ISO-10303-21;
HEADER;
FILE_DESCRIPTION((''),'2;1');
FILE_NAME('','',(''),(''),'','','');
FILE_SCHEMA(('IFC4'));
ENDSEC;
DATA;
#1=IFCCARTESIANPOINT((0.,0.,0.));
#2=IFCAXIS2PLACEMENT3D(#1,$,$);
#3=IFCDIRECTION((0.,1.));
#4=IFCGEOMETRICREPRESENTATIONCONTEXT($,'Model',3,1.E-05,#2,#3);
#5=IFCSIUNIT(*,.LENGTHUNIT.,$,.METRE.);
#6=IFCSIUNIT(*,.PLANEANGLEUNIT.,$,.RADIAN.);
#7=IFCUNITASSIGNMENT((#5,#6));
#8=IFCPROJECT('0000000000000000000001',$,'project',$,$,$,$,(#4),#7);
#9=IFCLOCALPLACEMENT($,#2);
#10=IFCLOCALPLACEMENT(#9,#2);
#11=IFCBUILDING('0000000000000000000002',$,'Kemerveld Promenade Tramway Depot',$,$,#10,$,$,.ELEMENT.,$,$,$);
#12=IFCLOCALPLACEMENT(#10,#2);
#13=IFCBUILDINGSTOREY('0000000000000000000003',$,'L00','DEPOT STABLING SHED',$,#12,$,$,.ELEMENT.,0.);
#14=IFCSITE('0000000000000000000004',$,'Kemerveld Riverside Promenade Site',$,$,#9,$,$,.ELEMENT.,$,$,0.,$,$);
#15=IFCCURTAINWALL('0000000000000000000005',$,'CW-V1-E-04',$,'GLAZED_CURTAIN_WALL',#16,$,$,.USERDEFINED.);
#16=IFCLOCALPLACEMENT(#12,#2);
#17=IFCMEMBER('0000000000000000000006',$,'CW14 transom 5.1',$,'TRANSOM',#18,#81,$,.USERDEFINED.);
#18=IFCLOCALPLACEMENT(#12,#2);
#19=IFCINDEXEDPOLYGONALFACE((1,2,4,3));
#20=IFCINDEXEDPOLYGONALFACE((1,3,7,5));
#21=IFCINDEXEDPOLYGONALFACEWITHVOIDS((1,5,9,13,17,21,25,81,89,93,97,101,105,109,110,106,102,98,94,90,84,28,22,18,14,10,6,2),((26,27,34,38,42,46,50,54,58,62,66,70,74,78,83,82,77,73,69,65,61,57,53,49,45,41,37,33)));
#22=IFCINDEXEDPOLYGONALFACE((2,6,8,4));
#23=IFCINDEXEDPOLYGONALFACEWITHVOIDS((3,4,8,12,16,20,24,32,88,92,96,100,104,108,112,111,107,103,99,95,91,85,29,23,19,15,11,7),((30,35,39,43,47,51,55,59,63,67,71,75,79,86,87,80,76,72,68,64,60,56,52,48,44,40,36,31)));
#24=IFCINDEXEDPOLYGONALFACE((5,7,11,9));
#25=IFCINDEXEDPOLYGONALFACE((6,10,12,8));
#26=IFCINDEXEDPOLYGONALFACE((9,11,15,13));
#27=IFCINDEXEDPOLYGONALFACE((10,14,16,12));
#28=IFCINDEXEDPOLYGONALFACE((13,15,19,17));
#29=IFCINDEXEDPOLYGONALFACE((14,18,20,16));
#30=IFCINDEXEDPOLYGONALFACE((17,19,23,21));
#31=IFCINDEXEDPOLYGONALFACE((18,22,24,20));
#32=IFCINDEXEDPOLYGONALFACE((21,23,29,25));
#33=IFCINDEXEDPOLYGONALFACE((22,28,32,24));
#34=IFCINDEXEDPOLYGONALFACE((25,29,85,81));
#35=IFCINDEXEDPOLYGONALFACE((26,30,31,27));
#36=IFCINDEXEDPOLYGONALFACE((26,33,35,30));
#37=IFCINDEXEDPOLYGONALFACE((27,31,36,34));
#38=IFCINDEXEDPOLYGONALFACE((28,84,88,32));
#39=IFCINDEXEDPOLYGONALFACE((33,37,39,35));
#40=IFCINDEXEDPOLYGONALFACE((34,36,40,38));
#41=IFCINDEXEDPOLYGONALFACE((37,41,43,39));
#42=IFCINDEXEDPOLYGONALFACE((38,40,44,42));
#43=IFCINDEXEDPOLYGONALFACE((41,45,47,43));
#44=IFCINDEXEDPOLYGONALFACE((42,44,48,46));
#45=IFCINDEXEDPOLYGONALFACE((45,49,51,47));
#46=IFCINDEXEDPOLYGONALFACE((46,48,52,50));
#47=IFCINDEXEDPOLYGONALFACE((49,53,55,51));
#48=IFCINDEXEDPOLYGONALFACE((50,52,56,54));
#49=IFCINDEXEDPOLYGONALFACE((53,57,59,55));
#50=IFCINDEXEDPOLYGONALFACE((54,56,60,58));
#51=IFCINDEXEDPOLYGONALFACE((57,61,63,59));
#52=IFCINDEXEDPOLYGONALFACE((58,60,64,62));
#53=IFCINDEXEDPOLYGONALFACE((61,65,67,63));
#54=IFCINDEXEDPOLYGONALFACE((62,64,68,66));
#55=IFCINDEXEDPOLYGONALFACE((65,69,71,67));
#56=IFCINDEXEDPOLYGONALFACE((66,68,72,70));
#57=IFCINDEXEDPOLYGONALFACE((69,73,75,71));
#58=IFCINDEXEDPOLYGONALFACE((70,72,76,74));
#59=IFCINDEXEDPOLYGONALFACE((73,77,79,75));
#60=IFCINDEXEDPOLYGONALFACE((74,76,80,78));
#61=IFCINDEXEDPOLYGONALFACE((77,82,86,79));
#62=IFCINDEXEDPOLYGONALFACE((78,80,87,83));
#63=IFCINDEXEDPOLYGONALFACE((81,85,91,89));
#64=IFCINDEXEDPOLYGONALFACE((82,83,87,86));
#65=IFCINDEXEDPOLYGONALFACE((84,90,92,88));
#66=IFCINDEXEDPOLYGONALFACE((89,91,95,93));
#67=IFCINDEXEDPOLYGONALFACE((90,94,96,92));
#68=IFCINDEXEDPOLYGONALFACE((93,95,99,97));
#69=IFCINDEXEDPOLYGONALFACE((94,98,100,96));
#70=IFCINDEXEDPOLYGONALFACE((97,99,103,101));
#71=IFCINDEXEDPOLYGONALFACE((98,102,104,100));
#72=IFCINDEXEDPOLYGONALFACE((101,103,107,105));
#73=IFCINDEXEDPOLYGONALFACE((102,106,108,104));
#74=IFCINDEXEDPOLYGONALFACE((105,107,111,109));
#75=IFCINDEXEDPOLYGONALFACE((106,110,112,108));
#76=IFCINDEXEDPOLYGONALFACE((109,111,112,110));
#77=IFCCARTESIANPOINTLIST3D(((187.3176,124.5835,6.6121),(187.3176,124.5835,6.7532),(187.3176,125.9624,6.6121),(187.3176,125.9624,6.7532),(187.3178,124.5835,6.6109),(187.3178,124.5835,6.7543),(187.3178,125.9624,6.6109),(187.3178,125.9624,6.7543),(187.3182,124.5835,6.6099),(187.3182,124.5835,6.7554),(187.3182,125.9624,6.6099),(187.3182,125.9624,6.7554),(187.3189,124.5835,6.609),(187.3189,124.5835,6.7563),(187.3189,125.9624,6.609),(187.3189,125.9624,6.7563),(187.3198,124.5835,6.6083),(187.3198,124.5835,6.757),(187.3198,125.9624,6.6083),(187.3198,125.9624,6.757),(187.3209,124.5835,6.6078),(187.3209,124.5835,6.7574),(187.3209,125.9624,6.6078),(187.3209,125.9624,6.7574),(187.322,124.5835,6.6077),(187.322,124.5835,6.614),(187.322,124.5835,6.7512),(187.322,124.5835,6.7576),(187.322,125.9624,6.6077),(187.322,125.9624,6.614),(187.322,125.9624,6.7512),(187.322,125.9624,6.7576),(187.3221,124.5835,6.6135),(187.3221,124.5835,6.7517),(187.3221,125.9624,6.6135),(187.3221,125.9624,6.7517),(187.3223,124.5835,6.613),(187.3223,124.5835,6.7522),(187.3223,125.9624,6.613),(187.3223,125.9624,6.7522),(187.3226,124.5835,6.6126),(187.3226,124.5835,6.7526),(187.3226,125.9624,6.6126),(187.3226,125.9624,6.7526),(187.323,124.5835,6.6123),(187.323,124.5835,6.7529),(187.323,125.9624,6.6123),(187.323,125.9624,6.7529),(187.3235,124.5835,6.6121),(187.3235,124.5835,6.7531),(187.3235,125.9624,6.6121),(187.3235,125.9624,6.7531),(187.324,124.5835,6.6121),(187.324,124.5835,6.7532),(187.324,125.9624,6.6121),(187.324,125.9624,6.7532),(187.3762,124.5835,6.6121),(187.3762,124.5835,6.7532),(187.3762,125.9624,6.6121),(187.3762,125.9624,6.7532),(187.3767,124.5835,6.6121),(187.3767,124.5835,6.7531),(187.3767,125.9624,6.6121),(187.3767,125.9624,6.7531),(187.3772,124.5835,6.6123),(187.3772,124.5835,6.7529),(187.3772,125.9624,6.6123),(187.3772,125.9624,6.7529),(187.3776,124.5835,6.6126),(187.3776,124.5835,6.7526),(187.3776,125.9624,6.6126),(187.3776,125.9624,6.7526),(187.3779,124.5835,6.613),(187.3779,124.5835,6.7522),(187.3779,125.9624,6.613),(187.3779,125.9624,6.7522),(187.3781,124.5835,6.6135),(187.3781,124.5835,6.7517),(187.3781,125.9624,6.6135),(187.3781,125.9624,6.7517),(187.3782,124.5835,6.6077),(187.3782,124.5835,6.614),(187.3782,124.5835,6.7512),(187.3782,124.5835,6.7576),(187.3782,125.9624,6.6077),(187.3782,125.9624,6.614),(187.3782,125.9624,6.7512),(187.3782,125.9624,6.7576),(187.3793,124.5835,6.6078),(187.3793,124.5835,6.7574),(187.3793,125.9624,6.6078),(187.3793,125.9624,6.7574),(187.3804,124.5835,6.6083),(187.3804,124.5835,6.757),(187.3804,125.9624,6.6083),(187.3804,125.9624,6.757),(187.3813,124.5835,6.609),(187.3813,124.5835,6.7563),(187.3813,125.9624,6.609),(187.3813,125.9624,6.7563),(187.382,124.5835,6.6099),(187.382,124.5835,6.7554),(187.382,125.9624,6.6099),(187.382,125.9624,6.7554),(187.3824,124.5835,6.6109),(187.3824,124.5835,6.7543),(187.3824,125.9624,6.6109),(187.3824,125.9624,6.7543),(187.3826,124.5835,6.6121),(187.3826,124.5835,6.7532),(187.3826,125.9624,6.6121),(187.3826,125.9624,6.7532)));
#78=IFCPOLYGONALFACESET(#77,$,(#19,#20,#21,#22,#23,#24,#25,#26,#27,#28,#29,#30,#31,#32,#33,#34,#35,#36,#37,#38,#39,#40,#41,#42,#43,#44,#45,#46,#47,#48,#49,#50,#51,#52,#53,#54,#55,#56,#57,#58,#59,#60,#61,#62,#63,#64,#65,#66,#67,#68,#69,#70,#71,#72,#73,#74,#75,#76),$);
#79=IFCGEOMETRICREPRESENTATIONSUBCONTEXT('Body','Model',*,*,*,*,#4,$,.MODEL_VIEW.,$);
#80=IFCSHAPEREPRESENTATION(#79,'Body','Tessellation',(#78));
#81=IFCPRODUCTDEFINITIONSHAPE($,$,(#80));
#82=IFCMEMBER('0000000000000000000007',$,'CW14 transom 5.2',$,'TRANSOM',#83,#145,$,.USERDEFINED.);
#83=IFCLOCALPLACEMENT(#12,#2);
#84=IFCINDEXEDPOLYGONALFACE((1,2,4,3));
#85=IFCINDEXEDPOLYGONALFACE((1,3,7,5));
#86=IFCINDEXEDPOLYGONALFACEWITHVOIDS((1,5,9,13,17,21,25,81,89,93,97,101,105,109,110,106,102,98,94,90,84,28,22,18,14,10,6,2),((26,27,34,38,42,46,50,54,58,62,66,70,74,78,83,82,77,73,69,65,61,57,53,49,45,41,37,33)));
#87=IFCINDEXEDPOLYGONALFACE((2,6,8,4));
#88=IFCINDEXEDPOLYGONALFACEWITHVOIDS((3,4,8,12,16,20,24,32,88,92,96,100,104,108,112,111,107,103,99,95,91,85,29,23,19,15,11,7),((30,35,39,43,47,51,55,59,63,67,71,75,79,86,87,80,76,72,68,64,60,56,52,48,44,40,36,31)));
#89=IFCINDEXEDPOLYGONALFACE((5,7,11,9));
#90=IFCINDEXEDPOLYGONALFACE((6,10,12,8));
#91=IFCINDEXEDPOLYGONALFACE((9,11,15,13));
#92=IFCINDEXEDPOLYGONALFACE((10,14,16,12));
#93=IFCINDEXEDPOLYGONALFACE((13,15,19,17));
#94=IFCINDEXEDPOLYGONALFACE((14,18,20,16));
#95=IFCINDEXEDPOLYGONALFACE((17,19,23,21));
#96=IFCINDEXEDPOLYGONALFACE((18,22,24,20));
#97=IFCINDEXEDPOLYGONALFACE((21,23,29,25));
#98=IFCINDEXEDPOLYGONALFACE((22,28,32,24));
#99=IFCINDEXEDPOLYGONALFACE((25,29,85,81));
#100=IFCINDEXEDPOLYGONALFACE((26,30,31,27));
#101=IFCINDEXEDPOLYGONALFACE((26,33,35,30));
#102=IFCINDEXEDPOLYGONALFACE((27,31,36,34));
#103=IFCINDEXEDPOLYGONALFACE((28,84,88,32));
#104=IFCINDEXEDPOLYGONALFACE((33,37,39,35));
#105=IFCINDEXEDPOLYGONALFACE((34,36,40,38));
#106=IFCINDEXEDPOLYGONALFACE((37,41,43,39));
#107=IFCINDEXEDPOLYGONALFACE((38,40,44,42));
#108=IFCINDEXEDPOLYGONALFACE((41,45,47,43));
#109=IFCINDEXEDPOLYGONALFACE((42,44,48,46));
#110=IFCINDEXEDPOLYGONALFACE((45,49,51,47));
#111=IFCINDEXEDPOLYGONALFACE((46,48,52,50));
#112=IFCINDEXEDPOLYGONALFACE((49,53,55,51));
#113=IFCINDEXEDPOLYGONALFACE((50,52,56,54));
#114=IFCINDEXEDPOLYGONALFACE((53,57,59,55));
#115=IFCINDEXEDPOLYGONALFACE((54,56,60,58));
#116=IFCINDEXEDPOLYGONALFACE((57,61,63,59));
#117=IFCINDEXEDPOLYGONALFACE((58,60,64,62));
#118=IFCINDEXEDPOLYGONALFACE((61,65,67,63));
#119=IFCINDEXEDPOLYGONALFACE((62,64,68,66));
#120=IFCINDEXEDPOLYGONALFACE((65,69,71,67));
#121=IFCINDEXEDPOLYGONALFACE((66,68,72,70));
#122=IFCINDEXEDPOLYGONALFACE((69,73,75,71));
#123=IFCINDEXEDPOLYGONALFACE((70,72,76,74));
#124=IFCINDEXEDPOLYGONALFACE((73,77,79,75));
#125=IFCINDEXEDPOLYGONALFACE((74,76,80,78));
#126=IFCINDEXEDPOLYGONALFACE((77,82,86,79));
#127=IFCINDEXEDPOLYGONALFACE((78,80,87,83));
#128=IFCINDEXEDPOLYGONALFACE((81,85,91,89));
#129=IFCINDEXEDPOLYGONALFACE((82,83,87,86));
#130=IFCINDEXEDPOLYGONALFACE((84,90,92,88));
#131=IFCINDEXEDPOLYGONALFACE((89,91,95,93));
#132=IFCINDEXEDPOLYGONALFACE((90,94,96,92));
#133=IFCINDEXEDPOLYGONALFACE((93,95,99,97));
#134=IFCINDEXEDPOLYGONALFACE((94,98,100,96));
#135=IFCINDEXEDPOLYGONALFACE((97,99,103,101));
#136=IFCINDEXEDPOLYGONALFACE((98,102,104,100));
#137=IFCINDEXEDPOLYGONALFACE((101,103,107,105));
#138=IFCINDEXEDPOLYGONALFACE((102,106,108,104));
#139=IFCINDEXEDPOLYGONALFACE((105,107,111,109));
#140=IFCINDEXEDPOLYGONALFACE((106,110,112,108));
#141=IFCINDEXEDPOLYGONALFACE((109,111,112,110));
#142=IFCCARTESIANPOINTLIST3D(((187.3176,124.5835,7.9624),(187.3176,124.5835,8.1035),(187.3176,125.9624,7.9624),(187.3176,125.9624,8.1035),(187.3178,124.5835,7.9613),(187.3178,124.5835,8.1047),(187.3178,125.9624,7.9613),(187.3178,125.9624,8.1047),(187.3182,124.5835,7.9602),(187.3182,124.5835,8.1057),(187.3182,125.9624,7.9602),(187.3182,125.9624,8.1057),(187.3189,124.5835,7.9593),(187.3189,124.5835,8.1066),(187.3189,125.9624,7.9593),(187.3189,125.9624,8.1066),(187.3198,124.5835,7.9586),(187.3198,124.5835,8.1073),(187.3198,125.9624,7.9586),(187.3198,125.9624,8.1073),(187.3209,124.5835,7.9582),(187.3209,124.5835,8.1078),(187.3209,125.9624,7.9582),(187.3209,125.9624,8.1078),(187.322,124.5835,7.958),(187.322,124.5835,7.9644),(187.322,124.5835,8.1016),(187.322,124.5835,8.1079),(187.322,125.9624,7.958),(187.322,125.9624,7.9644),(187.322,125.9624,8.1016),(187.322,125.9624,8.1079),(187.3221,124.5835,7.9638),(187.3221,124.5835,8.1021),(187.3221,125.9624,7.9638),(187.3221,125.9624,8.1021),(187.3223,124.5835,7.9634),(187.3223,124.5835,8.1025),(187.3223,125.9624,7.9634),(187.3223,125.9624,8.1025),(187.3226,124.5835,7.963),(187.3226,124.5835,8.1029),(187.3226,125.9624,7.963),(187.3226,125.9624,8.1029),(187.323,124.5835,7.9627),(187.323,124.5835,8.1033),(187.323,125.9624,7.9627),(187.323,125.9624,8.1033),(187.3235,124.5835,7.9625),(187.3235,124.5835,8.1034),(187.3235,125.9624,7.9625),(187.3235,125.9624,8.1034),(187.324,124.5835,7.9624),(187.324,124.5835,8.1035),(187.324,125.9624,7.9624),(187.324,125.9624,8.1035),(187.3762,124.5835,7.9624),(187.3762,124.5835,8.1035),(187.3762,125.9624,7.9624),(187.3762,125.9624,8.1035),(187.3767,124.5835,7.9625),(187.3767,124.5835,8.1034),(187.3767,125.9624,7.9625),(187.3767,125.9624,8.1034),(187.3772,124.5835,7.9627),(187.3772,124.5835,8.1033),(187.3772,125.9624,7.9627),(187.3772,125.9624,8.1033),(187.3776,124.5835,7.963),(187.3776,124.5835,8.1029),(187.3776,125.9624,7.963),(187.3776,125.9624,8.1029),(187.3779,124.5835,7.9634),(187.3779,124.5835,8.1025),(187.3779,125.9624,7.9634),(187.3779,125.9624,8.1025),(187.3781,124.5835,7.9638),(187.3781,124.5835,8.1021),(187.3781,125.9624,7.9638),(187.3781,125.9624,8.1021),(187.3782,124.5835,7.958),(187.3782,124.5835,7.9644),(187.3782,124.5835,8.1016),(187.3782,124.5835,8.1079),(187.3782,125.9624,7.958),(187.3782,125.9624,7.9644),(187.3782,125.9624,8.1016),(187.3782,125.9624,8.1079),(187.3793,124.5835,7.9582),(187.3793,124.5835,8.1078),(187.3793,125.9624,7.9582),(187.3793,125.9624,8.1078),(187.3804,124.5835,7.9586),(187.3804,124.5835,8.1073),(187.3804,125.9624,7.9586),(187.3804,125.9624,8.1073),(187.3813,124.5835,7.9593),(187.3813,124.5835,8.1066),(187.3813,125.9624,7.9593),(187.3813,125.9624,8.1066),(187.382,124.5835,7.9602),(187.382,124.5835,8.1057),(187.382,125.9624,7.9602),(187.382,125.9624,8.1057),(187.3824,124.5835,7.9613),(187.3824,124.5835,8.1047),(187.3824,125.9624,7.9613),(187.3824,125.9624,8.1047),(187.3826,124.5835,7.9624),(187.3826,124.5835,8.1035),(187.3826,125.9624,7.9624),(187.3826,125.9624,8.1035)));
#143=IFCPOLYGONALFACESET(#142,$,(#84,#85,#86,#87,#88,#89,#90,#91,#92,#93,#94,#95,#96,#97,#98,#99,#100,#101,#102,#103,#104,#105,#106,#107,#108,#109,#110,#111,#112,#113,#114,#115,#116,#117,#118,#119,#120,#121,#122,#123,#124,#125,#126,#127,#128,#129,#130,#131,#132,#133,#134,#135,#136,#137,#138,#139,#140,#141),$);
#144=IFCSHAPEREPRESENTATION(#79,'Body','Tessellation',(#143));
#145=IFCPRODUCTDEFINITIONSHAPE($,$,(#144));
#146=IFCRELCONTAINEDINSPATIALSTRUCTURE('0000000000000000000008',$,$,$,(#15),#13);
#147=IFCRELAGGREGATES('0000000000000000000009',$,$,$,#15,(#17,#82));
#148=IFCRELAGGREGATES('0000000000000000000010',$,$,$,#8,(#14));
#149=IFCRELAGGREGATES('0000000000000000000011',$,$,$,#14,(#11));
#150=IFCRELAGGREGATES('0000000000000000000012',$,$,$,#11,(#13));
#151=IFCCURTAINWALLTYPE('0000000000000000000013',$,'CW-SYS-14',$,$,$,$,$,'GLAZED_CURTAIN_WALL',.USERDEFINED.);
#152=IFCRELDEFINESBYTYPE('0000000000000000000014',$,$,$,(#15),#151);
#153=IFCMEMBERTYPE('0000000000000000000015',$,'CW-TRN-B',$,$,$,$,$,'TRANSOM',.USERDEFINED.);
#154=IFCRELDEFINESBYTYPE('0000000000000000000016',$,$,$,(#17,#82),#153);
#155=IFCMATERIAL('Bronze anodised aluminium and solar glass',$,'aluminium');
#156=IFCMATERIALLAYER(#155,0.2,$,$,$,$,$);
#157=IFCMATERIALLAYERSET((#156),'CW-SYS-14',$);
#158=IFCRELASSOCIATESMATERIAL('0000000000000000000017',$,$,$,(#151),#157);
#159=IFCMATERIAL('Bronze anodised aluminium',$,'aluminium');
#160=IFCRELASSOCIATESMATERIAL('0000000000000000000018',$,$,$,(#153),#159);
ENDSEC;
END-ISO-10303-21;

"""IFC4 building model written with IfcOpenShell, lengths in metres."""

from ifc_helpers import new_model, si_unit, direction, frame, origin, origin_2d, place, context, subcontext, project, spatial, hollow_rectangle, extrude, material, layer, layer_set, material_profile, profile_set, type_object, element, aggregate, save


model = new_model("IFC4")

# Units and contexts
model_context = context("Model", 3, precision=1e-05, world=origin(), true_north=direction((0.0, 1.0)))
body_context = subcontext(model_context, "Body", "Model", "MODEL_VIEW")
ifc_project = project(units=[si_unit("LENGTHUNIT", "METRE"), si_unit("PLANEANGLEUNIT", "RADIAN")], contexts=[model_context])

# Site, building, storey
site_placement = place(None, origin())
site = spatial("IfcSite", under=ifc_project, at=site_placement, Name="Kemerveld Riverside Promenade Site", CompositionType="ELEMENT", RefElevation=0.0)
building_placement = place(site_placement, origin())
building = spatial("IfcBuilding", under=site, at=building_placement, Name="Kemerveld Promenade Tramway Depot", CompositionType="ELEMENT")
storey_placement = place(building_placement, origin())
storey = spatial("IfcBuildingStorey", under=building, at=storey_placement, Name="L00", Description="DEPOT STABLING SHED", CompositionType="ELEMENT", Elevation=0.0)

# Shared definitions
ifc_material_1 = material(Name="Bronze anodised aluminium and solar glass", Category="aluminium")
ifc_material_2 = material(Name="Bronze anodised aluminium", Category="aluminium")

# Curtain wall
ifc_layer_1 = layer(ifc_material_1, 0.2)
ifc_layer_set_1 = layer_set([ifc_layer_1], Name="CW-SYS-14")
curtain_wall_type_1 = type_object("IfcCurtainWallType", Name="CW-SYS-14", ElementType="GLAZED_CURTAIN_WALL", PredefinedType="USERDEFINED", material=ifc_layer_set_1)
curtain_wall_1_placement = place(storey_placement, origin())
curtain_wall_1 = element("IfcCurtainWall", 1, at=curtain_wall_1_placement, inside=storey, type_object=curtain_wall_type_1, Name="CW-V1-E-04", ObjectType="GLAZED_CURTAIN_WALL", PredefinedType="USERDEFINED")

# Members
ifc_material_profile_1 = material_profile(ifc_material_2, hollow_rectangle(XDim=0.0649, YDim=0.1499, WallThickness=0.0044, InnerFilletRadius=0.002, OuterFilletRadius=0.0044, at=origin_2d()), Name="CW-TRN-150x65")
ifc_profile_set_1 = profile_set([ifc_material_profile_1], Name="Bronze anodised aluminium")
member_type_1 = type_object("IfcMemberType", Name="CW-TRN-B", ElementType="TRANSOM", PredefinedType="USERDEFINED", material=ifc_profile_set_1)
member_1_placement = place(storey_placement, frame((187.3501, 125.9624, 6.6826), z_axis=(0.0, -1.0, 0.0), x_axis=(1.0, 0.0, 0.0)))
member_1 = element("IfcMember", 2, at=member_1_placement, type_object=member_type_1, Name="CW14 transom 5.1", ObjectType="TRANSOM", PredefinedType="USERDEFINED", context=body_context, shape_type="SweptSolid", body=[
    extrude(hollow_rectangle(XDim=0.0649, YDim=0.1499, WallThickness=0.0044, InnerFilletRadius=0.002, OuterFilletRadius=0.0044, at=origin_2d()), origin(), (0.0, 0.0, 1.0), 1.3789),
])
member_2_placement = place(storey_placement, frame((187.3501, 125.9624, 8.033), z_axis=(0.0, -1.0, 0.0), x_axis=(1.0, 0.0, 0.0)))
member_2 = element("IfcMember", 3, at=member_2_placement, type_object=member_type_1, Name="CW14 transom 5.2", ObjectType="TRANSOM", PredefinedType="USERDEFINED", context=body_context, shape_type="SweptSolid", body=[
    extrude(hollow_rectangle(XDim=0.0649, YDim=0.1499, WallThickness=0.0044, InnerFilletRadius=0.002, OuterFilletRadius=0.0044, at=origin_2d()), origin(), (0.0, 0.0, 1.0), 1.3789),
])

aggregate(curtain_wall_1, [member_1, member_2])

save(model, "model.ifc")
